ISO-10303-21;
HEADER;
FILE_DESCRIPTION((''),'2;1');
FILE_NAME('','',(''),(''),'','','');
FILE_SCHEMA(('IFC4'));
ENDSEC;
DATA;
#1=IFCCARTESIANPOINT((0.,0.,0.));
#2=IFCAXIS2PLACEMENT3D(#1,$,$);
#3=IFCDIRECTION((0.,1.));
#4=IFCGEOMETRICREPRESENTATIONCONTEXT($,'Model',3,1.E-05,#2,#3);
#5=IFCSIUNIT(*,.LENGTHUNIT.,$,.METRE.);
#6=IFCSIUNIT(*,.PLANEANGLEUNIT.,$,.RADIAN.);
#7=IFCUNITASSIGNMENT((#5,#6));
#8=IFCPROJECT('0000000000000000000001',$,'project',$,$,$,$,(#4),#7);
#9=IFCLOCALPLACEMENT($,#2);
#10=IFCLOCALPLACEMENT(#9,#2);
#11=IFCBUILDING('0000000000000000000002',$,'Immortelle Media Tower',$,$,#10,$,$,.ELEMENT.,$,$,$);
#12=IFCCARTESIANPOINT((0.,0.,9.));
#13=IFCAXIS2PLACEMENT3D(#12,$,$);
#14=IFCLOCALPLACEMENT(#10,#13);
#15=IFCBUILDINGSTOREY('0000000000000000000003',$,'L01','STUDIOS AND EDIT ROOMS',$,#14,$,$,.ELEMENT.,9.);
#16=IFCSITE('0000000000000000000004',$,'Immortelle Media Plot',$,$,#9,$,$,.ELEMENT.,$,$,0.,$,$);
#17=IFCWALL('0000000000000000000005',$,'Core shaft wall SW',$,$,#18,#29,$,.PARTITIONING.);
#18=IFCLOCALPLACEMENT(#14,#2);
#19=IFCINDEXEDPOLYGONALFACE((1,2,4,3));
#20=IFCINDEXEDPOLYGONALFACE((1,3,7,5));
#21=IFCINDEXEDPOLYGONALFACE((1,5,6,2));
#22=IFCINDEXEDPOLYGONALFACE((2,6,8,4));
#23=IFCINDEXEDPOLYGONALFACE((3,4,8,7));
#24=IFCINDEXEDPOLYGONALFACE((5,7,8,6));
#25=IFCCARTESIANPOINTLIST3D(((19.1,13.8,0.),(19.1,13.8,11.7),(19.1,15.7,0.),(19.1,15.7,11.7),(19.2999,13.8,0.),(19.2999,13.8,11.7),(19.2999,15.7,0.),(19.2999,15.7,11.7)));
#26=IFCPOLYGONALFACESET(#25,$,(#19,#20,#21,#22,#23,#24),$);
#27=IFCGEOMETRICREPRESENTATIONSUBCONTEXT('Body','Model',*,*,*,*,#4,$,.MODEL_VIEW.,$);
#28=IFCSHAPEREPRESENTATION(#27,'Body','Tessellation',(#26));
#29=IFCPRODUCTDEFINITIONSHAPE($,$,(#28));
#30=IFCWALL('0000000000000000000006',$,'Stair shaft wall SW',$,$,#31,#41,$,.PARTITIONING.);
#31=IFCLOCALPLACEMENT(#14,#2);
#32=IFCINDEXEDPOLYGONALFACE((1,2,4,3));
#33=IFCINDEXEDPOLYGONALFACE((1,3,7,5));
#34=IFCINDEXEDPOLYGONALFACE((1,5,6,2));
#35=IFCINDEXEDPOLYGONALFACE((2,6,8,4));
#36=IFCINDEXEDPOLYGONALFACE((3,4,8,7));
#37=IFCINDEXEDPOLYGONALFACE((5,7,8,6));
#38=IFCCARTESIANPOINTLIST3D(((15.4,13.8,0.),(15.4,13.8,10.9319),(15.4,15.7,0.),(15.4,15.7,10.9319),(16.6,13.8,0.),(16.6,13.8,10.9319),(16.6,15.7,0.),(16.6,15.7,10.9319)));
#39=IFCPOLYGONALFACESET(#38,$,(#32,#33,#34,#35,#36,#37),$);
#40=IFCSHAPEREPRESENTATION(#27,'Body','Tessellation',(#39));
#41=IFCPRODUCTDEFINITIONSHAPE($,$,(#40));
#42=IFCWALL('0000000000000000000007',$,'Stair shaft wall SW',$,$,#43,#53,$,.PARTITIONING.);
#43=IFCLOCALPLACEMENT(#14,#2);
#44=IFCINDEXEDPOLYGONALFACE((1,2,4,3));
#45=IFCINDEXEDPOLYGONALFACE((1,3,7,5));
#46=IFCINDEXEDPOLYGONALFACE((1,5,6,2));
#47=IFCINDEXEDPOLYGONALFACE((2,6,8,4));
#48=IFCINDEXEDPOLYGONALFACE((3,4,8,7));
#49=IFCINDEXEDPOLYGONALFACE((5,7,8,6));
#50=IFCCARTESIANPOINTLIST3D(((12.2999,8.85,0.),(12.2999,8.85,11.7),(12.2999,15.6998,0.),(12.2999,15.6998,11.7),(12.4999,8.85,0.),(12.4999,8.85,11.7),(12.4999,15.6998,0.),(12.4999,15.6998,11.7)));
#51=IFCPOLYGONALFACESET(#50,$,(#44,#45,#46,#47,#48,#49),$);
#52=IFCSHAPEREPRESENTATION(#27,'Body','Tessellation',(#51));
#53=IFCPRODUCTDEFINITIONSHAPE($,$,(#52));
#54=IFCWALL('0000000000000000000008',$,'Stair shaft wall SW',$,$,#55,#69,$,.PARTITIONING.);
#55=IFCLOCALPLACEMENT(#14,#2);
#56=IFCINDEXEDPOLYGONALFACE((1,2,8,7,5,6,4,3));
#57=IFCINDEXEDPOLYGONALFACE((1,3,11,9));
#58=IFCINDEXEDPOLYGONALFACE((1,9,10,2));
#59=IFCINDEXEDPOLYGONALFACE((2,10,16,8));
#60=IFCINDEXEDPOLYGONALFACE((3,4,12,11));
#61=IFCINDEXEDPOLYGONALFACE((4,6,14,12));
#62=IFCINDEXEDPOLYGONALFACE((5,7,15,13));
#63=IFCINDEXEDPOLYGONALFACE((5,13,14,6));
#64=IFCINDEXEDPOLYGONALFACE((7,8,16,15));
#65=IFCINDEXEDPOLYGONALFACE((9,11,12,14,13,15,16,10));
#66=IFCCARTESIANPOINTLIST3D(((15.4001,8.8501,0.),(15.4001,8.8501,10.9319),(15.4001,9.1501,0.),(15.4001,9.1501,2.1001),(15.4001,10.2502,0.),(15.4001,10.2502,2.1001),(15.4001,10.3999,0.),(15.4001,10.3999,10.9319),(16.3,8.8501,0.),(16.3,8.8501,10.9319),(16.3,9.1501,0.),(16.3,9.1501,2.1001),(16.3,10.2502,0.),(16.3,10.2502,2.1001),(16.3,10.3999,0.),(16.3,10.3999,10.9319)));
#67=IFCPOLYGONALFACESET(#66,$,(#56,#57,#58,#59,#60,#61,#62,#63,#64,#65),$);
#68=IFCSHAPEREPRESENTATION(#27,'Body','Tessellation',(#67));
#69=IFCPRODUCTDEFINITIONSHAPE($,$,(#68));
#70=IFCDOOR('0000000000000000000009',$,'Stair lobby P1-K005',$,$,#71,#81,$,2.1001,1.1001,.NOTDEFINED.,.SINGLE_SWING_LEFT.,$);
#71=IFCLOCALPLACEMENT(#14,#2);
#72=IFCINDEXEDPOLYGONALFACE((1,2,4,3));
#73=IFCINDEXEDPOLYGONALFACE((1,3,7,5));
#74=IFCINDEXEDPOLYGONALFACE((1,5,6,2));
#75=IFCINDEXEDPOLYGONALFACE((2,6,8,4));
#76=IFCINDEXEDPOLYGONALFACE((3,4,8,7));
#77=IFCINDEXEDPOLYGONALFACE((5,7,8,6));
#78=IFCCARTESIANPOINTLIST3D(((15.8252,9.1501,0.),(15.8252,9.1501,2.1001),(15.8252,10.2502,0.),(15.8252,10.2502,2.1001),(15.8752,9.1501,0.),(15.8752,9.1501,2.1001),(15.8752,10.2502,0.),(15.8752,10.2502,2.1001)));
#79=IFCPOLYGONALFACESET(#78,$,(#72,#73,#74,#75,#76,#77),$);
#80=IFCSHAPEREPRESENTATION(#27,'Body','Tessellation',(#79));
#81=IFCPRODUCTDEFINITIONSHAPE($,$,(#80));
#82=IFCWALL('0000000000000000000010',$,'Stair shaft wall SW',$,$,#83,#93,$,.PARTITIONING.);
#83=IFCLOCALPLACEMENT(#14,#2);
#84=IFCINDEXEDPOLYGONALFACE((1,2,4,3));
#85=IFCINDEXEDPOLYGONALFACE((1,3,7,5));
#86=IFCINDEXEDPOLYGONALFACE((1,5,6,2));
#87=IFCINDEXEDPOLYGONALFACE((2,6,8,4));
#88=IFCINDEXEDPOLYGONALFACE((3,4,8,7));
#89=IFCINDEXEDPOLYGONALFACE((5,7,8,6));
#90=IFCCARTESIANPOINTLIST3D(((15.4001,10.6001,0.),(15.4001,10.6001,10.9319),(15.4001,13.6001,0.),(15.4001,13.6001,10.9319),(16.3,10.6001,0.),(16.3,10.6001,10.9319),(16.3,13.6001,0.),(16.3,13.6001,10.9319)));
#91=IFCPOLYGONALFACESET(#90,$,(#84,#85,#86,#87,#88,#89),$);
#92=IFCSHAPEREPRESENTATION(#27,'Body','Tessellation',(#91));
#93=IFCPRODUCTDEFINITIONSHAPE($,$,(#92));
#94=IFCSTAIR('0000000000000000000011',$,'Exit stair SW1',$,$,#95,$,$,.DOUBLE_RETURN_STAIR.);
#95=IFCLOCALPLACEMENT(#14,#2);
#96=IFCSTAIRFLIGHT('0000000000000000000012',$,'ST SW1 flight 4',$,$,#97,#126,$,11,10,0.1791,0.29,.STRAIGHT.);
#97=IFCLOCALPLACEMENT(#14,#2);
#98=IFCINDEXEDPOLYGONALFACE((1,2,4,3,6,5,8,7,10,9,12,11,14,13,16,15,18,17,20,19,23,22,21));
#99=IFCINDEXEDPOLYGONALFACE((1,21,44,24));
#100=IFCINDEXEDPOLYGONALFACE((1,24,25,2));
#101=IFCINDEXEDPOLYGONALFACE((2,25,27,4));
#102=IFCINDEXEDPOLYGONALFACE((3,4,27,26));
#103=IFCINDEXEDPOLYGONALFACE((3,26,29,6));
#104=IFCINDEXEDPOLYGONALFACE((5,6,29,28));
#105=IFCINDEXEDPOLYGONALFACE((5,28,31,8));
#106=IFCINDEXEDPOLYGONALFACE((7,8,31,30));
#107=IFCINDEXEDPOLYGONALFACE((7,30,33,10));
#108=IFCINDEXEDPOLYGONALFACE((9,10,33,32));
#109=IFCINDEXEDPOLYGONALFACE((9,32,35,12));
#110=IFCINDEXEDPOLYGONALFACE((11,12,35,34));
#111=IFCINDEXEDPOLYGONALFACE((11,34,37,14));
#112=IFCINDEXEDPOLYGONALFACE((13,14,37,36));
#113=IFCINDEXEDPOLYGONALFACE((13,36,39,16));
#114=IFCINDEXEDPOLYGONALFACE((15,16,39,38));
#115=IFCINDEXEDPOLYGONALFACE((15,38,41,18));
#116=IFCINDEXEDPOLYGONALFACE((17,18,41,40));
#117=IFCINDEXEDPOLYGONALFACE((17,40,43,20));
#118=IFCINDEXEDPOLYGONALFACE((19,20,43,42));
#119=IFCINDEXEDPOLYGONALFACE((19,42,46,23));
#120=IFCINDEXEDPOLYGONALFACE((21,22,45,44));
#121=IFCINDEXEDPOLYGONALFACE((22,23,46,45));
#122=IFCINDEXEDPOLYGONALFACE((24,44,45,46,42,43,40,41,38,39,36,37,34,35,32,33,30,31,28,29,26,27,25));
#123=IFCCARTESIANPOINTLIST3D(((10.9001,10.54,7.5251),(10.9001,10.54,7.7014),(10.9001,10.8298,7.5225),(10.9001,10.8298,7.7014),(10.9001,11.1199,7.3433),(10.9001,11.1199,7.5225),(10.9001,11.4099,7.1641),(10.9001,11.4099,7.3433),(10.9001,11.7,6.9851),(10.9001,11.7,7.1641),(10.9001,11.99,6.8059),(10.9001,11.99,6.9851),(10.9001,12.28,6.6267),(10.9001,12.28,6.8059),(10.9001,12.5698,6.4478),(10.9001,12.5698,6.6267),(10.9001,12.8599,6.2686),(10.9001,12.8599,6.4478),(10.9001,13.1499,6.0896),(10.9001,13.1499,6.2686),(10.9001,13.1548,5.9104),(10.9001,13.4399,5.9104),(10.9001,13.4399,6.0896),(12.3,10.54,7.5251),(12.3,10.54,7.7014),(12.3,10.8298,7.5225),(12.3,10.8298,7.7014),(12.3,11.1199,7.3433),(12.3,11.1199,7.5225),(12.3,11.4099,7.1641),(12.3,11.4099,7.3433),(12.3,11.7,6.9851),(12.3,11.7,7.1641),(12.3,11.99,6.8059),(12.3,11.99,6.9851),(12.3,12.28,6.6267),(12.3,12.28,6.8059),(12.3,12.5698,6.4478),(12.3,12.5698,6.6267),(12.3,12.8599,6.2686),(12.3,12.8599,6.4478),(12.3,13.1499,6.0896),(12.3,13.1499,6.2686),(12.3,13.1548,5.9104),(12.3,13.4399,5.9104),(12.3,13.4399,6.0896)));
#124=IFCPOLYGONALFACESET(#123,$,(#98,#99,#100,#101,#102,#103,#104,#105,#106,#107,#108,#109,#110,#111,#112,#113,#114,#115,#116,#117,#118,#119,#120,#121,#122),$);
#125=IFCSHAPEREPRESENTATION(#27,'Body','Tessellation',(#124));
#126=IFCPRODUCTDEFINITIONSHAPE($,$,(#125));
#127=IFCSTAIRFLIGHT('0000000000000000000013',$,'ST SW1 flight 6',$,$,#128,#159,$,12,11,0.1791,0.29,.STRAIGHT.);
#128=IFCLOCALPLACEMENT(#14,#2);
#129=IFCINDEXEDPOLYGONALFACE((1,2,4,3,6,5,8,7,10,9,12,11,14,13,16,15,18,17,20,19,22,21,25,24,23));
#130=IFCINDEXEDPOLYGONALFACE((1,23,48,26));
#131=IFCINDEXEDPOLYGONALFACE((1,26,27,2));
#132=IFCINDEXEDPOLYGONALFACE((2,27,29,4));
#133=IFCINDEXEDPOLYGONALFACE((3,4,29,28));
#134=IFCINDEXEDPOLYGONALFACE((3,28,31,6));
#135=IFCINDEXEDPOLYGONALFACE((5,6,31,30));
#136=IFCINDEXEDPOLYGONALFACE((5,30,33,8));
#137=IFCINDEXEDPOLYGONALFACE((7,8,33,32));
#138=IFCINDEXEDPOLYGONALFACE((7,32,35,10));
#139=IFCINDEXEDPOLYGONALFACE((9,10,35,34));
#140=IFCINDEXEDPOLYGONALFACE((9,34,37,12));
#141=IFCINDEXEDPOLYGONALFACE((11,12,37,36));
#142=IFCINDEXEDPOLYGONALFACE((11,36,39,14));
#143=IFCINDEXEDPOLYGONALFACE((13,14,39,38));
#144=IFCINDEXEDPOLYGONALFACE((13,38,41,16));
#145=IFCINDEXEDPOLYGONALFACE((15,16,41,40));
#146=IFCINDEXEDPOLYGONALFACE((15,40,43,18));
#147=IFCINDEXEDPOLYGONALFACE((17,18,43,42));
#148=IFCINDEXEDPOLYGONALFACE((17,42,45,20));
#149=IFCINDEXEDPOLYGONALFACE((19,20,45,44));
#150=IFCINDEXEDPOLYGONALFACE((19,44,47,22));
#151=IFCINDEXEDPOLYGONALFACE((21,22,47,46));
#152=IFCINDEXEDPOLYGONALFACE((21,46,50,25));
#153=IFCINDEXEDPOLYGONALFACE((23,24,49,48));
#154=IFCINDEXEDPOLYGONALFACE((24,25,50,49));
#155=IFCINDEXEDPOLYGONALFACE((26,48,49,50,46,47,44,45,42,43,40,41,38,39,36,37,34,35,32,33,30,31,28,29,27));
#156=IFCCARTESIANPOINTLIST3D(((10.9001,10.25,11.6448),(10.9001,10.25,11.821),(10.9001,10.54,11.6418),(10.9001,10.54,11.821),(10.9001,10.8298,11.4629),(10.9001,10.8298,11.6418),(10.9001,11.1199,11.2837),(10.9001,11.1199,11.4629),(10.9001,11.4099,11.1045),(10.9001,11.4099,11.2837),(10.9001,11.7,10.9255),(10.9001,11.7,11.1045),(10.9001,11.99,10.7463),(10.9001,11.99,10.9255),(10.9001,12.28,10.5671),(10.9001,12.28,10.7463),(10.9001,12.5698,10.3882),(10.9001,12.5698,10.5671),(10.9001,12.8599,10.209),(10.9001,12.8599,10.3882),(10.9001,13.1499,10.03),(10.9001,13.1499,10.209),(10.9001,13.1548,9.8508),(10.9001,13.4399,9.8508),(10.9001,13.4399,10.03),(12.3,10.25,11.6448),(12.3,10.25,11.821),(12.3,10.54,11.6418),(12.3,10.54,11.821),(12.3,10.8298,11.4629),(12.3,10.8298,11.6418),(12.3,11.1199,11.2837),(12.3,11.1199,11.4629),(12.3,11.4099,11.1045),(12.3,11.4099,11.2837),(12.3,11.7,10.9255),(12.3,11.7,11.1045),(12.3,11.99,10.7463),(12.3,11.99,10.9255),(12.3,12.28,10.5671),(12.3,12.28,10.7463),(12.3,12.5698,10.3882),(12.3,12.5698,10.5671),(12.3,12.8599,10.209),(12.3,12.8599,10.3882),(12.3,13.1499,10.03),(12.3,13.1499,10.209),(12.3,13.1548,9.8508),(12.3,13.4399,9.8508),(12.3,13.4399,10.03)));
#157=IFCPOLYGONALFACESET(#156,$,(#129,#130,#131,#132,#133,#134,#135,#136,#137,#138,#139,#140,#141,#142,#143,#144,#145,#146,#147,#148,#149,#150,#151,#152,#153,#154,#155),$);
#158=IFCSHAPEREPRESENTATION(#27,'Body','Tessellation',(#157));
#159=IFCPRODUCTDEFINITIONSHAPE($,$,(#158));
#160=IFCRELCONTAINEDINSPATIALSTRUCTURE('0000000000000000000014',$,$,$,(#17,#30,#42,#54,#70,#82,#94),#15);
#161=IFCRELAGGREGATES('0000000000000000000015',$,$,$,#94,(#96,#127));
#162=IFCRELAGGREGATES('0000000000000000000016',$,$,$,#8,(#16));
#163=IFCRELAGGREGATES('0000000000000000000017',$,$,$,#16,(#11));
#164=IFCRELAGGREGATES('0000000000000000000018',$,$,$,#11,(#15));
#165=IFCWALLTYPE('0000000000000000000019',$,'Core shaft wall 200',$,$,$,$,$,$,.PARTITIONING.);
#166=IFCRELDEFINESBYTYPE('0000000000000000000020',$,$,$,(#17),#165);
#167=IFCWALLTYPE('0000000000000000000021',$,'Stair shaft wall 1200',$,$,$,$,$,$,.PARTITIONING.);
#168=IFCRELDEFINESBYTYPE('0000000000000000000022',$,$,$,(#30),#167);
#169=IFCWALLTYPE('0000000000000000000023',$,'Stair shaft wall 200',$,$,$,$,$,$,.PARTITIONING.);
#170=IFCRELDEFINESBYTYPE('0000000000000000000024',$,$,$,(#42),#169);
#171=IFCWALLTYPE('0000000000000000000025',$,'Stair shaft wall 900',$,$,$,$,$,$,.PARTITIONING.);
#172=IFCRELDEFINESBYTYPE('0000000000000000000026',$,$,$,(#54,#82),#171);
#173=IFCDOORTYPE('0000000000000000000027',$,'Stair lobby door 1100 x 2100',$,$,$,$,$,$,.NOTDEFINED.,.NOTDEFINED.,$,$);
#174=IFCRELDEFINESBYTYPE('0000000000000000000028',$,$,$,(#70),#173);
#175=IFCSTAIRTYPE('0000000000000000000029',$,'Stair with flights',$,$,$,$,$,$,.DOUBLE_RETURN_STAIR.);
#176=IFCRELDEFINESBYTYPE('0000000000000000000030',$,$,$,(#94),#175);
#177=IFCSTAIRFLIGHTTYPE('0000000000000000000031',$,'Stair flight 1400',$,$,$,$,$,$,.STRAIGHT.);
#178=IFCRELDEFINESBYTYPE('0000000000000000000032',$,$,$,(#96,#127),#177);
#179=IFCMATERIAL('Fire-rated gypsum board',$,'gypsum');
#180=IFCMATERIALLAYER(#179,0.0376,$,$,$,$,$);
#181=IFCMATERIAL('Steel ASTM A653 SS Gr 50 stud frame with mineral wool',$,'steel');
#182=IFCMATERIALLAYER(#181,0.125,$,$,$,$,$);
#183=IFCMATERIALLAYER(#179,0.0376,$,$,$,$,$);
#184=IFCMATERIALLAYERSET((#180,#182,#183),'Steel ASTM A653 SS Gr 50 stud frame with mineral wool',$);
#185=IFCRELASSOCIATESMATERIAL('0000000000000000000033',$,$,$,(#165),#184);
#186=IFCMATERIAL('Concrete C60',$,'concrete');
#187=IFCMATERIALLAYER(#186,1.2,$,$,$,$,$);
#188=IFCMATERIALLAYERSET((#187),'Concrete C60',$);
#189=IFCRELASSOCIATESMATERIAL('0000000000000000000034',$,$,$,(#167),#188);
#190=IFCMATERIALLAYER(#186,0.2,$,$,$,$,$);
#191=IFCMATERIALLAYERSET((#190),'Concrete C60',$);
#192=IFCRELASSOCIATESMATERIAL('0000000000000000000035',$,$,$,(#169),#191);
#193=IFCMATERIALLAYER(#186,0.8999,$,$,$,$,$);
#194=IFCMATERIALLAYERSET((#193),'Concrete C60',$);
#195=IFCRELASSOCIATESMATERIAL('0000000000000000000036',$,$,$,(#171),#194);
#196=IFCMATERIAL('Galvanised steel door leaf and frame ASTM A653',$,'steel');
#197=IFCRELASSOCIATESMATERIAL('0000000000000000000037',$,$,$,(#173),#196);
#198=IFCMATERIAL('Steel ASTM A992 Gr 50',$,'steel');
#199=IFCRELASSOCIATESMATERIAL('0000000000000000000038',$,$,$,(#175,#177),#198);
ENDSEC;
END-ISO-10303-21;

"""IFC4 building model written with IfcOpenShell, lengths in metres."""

from ifc_helpers import new_model, si_unit, direction, frame, frame_2d, origin, place, context, subcontext, project, spatial, polyline, rectangle, outline, extrude, material, layer, layer_set, type_object, element, fill, aggregate, save


model = new_model("IFC4")

# Units and contexts
model_context = context("Model", 3, precision=1e-05, world=origin(), true_north=direction((0.0, 1.0)))
body_context = subcontext(model_context, "Body", "Model", "MODEL_VIEW")
ifc_project = project(units=[si_unit("LENGTHUNIT", "METRE"), si_unit("PLANEANGLEUNIT", "RADIAN")], contexts=[model_context])

# Site, building, storey
site_placement = place(None, origin())
site = spatial("IfcSite", under=ifc_project, at=site_placement, Name="Immortelle Media Plot", CompositionType="ELEMENT", RefElevation=0.0)
building_placement = place(site_placement, origin())
building = spatial("IfcBuilding", under=site, at=building_placement, Name="Immortelle Media Tower", CompositionType="ELEMENT")
storey_placement = place(building_placement, frame((0.0, 0.0, 9.0)))
storey = spatial("IfcBuildingStorey", under=building, at=storey_placement, Name="L01", Description="STUDIOS AND EDIT ROOMS", CompositionType="ELEMENT", Elevation=9.0)

# Shared definitions
ifc_material_1 = material(Name="Steel ASTM A992 Gr 50", Category="steel")

# Shared definitions
ifc_material_2 = material(Name="Fire-rated gypsum board", Category="gypsum")
ifc_layer_1 = layer(ifc_material_2, 0.0376)
ifc_material_3 = material(Name="Steel ASTM A653 SS Gr 50 stud frame with mineral wool", Category="steel")
ifc_layer_2 = layer(ifc_material_3, 0.125)
ifc_layer_3 = layer(ifc_material_2, 0.0376)
ifc_layer_set_1 = layer_set([ifc_layer_1, ifc_layer_2, ifc_layer_3], Name="Steel ASTM A653 SS Gr 50 stud frame with mineral wool")
wall_type_1 = type_object("IfcWallType", Name="Core shaft wall 200", PredefinedType="PARTITIONING", material=ifc_layer_set_1)

# Walls
wall_1_placement = place(storey_placement, frame((19.2, 13.8, 0.0), z_axis=(0.0, 0.0, 1.0), x_axis=(0.0, 1.0, 0.0)))
element("IfcWall", 1, at=wall_1_placement, inside=storey, type_object=wall_type_1, Name="Core shaft wall SW", PredefinedType="PARTITIONING", context=body_context, shape_type="SweptSolid", body=[
    extrude(rectangle(XDim=1.8999, YDim=0.2, at=frame_2d((0.95, 0.0))), origin(), (0.0, 0.0, 1.0), 11.7),
])
ifc_material_4 = material(Name="Concrete C60", Category="concrete")
ifc_layer_4 = layer(ifc_material_4, 1.2)
ifc_layer_set_2 = layer_set([ifc_layer_4], Name="Concrete C60")
wall_type_2 = type_object("IfcWallType", Name="Stair shaft wall 1200", PredefinedType="PARTITIONING", material=ifc_layer_set_2)
wall_2_placement = place(storey_placement, frame((16.0, 13.8, 0.0), z_axis=(0.0, 0.0, 1.0), x_axis=(0.0, 1.0, 0.0)))
element("IfcWall", 2, at=wall_2_placement, inside=storey, type_object=wall_type_2, Name="Stair shaft wall SW", PredefinedType="PARTITIONING", context=body_context, shape_type="SweptSolid", body=[
    extrude(rectangle(XDim=1.8999, YDim=1.2, at=frame_2d((0.95, 0.0))), origin(), (0.0, 0.0, 1.0), 10.9319),
])
ifc_layer_5 = layer(ifc_material_4, 0.2)
ifc_layer_set_3 = layer_set([ifc_layer_5], Name="Concrete C60")
wall_type_3 = type_object("IfcWallType", Name="Stair shaft wall 200", PredefinedType="PARTITIONING", material=ifc_layer_set_3)
wall_3_placement = place(storey_placement, frame((12.3999, 8.8501, 0.0), z_axis=(0.0, 0.0, 1.0), x_axis=(0.0, 1.0, 0.0)))
element("IfcWall", 3, at=wall_3_placement, inside=storey, type_object=wall_type_3, Name="Stair shaft wall SW", PredefinedType="PARTITIONING", context=body_context, shape_type="SweptSolid", body=[
    extrude(rectangle(XDim=6.8499, YDim=0.2, at=frame_2d((3.4248, 0.0))), origin(), (0.0, 0.0, 1.0), 11.7),
])

# Wall, opening, door
ifc_layer_6 = layer(ifc_material_4, 0.8999)
ifc_layer_set_4 = layer_set([ifc_layer_6], Name="Concrete C60")
wall_type_4 = type_object("IfcWallType", Name="Stair shaft wall 900", PredefinedType="PARTITIONING", material=ifc_layer_set_4)
wall_4_placement = place(storey_placement, frame((15.8501, 8.8501, 0.0), z_axis=(0.0, 0.0, 1.0), x_axis=(0.0, 1.0, 0.0)))
wall_4 = element("IfcWall", 4, at=wall_4_placement, inside=storey, type_object=wall_type_4, Name="Stair shaft wall SW", PredefinedType="PARTITIONING", context=body_context, shape_type="SweptSolid", body=[
    extrude(rectangle(XDim=1.5498, YDim=0.8999, at=frame_2d((0.7749, 0.0))), origin(), (0.0, 0.0, 1.0), 10.9319),
])
opening_1_placement = place(wall_4_placement, frame((0.3, 0.0, 0.0)))
opening_1 = element("IfcOpeningElement", 5, at=opening_1_placement, cuts=wall_4, PredefinedType="OPENING", context=body_context, shape_type="SweptSolid", body=[
    extrude(rectangle(XDim=1.1001, YDim=2.1001, at=frame_2d((0.55, 1.05))), frame((0.0, 0.46, 0.0), z_axis=(0.0, -1.0, 0.0), x_axis=(1.0, 0.0, 0.0)), (0.0, 0.0, 1.0), 0.9199),
])
ifc_material_5 = material(Name="Galvanised steel door leaf and frame ASTM A653", Category="steel")
door_type_1 = type_object("IfcDoorType", Name="Stair lobby door 1100 x 2100", OperationType="NOTDEFINED", PredefinedType="NOTDEFINED", material=ifc_material_5)
door_1_placement = place(opening_1_placement, origin())
door_1 = element("IfcDoor", 6, at=door_1_placement, inside=storey, type_object=door_type_1, Name="Stair lobby P1-K005", OperationType="SINGLE_SWING_LEFT", OverallHeight=2.1001, OverallWidth=1.1001, PredefinedType="NOTDEFINED", context=body_context, shape_type="SweptSolid", body=[
    extrude(rectangle(XDim=1.1001, YDim=2.1001, at=frame_2d((0.55, 1.05))), frame((0.0, 0.0249, 0.0), z_axis=(0.0, -1.0, 0.0), x_axis=(1.0, 0.0, 0.0)), (0.0, 0.0, 1.0), 0.05),
])
fill(opening_1, door_1)

# Wall
wall_5_placement = place(storey_placement, frame((15.8501, 10.6001, 0.0), z_axis=(0.0, 0.0, 1.0), x_axis=(0.0, 1.0, 0.0)))
element("IfcWall", 7, at=wall_5_placement, inside=storey, type_object=wall_type_4, Name="Stair shaft wall SW", PredefinedType="PARTITIONING", context=body_context, shape_type="SweptSolid", body=[
    extrude(rectangle(XDim=3.0, YDim=0.8999, at=frame_2d((1.5, 0.0))), origin(), (0.0, 0.0, 1.0), 10.9319),
])

# Stair, stair flights
stair_type = type_object("IfcStairType", Name="Stair with flights", PredefinedType="DOUBLE_RETURN_STAIR", material=ifc_material_1)
stair_1_placement = place(storey_placement, origin())
stair_1 = element("IfcStair", 8, at=stair_1_placement, inside=storey, type_object=stair_type, Name="Exit stair SW1", PredefinedType="DOUBLE_RETURN_STAIR")
stair_flight_type = type_object("IfcStairFlightType", Name="Stair flight 1400", PredefinedType="STRAIGHT", material=ifc_material_1)
stair_flight_1_placement = place(storey_placement, frame((11.6001, 13.4399, 5.9104), z_axis=(0.0, 0.0, 1.0), x_axis=(0.0, -1.0, 0.0)))
stair_flight_1 = element("IfcStairFlight", 9, at=stair_flight_1_placement, type_object=stair_flight_type, Name="ST SW1 flight 4", NumberOfRisers=11, NumberOfTreads=10, PredefinedType="STRAIGHT", RiserHeight=0.1791, TreadLength=0.29, context=body_context, shape_type="SweptSolid", body=[
    extrude(outline(polyline([(0.0, 0.0), (0.0, 0.1792), (0.29, 0.1792), (0.29, 0.3582), (0.5801, 0.3582), (0.5801, 0.5374), (0.8701, 0.5374), (0.8701, 0.7163), (1.1599, 0.7163), (1.1599, 0.8955), (1.45, 0.8955), (1.45, 1.0747), (1.74, 1.0747), (1.74, 1.2537), (2.03, 1.2537), (2.03, 1.4329), (2.3201, 1.4329), (2.3201, 1.6121), (2.6101, 1.6121), (2.6101, 1.791), (2.8999, 1.791), (2.8999, 1.9702), (2.8999, 1.6147), (0.2852, 0.0), (0.0, 0.0)])), frame((0.0, 0.7, 0.0), z_axis=(0.0, -1.0, 0.0), x_axis=(1.0, 0.0, 0.0)), (0.0, 0.0, 1.0), 1.3999),
])
stair_flight_2_placement = place(storey_placement, frame((11.6001, 13.4399, 9.8508), z_axis=(0.0, 0.0, 1.0), x_axis=(0.0, -1.0, 0.0)))
stair_flight_2 = element("IfcStairFlight", 10, at=stair_flight_2_placement, type_object=stair_flight_type, Name="ST SW1 flight 6", NumberOfRisers=12, NumberOfTreads=11, PredefinedType="STRAIGHT", RiserHeight=0.1791, TreadLength=0.29, context=body_context, shape_type="SweptSolid", body=[
    extrude(outline(polyline([(0.0, 0.0), (0.0, 0.1792), (0.29, 0.1792), (0.29, 0.3582), (0.5801, 0.3582), (0.5801, 0.5374), (0.8701, 0.5374), (0.8701, 0.7163), (1.1599, 0.7163), (1.1599, 0.8955), (1.45, 0.8955), (1.45, 1.0747), (1.74, 1.0747), (1.74, 1.2537), (2.03, 1.2537), (2.03, 1.4329), (2.3201, 1.4329), (2.3201, 1.6121), (2.6101, 1.6121), (2.6101, 1.791), (2.8999, 1.791), (2.8999, 1.9702), (3.1899, 1.9702), (3.1899, 2.1492), (3.1899, 1.7939), (0.2852, 0.0), (0.0, 0.0)])), frame((0.0, 0.7, 0.0), z_axis=(0.0, -1.0, 0.0), x_axis=(1.0, 0.0, 0.0)), (0.0, 0.0, 1.0), 1.3999),
])
aggregate(stair_1, [stair_flight_1, stair_flight_2])

save(model, "model.ifc")
